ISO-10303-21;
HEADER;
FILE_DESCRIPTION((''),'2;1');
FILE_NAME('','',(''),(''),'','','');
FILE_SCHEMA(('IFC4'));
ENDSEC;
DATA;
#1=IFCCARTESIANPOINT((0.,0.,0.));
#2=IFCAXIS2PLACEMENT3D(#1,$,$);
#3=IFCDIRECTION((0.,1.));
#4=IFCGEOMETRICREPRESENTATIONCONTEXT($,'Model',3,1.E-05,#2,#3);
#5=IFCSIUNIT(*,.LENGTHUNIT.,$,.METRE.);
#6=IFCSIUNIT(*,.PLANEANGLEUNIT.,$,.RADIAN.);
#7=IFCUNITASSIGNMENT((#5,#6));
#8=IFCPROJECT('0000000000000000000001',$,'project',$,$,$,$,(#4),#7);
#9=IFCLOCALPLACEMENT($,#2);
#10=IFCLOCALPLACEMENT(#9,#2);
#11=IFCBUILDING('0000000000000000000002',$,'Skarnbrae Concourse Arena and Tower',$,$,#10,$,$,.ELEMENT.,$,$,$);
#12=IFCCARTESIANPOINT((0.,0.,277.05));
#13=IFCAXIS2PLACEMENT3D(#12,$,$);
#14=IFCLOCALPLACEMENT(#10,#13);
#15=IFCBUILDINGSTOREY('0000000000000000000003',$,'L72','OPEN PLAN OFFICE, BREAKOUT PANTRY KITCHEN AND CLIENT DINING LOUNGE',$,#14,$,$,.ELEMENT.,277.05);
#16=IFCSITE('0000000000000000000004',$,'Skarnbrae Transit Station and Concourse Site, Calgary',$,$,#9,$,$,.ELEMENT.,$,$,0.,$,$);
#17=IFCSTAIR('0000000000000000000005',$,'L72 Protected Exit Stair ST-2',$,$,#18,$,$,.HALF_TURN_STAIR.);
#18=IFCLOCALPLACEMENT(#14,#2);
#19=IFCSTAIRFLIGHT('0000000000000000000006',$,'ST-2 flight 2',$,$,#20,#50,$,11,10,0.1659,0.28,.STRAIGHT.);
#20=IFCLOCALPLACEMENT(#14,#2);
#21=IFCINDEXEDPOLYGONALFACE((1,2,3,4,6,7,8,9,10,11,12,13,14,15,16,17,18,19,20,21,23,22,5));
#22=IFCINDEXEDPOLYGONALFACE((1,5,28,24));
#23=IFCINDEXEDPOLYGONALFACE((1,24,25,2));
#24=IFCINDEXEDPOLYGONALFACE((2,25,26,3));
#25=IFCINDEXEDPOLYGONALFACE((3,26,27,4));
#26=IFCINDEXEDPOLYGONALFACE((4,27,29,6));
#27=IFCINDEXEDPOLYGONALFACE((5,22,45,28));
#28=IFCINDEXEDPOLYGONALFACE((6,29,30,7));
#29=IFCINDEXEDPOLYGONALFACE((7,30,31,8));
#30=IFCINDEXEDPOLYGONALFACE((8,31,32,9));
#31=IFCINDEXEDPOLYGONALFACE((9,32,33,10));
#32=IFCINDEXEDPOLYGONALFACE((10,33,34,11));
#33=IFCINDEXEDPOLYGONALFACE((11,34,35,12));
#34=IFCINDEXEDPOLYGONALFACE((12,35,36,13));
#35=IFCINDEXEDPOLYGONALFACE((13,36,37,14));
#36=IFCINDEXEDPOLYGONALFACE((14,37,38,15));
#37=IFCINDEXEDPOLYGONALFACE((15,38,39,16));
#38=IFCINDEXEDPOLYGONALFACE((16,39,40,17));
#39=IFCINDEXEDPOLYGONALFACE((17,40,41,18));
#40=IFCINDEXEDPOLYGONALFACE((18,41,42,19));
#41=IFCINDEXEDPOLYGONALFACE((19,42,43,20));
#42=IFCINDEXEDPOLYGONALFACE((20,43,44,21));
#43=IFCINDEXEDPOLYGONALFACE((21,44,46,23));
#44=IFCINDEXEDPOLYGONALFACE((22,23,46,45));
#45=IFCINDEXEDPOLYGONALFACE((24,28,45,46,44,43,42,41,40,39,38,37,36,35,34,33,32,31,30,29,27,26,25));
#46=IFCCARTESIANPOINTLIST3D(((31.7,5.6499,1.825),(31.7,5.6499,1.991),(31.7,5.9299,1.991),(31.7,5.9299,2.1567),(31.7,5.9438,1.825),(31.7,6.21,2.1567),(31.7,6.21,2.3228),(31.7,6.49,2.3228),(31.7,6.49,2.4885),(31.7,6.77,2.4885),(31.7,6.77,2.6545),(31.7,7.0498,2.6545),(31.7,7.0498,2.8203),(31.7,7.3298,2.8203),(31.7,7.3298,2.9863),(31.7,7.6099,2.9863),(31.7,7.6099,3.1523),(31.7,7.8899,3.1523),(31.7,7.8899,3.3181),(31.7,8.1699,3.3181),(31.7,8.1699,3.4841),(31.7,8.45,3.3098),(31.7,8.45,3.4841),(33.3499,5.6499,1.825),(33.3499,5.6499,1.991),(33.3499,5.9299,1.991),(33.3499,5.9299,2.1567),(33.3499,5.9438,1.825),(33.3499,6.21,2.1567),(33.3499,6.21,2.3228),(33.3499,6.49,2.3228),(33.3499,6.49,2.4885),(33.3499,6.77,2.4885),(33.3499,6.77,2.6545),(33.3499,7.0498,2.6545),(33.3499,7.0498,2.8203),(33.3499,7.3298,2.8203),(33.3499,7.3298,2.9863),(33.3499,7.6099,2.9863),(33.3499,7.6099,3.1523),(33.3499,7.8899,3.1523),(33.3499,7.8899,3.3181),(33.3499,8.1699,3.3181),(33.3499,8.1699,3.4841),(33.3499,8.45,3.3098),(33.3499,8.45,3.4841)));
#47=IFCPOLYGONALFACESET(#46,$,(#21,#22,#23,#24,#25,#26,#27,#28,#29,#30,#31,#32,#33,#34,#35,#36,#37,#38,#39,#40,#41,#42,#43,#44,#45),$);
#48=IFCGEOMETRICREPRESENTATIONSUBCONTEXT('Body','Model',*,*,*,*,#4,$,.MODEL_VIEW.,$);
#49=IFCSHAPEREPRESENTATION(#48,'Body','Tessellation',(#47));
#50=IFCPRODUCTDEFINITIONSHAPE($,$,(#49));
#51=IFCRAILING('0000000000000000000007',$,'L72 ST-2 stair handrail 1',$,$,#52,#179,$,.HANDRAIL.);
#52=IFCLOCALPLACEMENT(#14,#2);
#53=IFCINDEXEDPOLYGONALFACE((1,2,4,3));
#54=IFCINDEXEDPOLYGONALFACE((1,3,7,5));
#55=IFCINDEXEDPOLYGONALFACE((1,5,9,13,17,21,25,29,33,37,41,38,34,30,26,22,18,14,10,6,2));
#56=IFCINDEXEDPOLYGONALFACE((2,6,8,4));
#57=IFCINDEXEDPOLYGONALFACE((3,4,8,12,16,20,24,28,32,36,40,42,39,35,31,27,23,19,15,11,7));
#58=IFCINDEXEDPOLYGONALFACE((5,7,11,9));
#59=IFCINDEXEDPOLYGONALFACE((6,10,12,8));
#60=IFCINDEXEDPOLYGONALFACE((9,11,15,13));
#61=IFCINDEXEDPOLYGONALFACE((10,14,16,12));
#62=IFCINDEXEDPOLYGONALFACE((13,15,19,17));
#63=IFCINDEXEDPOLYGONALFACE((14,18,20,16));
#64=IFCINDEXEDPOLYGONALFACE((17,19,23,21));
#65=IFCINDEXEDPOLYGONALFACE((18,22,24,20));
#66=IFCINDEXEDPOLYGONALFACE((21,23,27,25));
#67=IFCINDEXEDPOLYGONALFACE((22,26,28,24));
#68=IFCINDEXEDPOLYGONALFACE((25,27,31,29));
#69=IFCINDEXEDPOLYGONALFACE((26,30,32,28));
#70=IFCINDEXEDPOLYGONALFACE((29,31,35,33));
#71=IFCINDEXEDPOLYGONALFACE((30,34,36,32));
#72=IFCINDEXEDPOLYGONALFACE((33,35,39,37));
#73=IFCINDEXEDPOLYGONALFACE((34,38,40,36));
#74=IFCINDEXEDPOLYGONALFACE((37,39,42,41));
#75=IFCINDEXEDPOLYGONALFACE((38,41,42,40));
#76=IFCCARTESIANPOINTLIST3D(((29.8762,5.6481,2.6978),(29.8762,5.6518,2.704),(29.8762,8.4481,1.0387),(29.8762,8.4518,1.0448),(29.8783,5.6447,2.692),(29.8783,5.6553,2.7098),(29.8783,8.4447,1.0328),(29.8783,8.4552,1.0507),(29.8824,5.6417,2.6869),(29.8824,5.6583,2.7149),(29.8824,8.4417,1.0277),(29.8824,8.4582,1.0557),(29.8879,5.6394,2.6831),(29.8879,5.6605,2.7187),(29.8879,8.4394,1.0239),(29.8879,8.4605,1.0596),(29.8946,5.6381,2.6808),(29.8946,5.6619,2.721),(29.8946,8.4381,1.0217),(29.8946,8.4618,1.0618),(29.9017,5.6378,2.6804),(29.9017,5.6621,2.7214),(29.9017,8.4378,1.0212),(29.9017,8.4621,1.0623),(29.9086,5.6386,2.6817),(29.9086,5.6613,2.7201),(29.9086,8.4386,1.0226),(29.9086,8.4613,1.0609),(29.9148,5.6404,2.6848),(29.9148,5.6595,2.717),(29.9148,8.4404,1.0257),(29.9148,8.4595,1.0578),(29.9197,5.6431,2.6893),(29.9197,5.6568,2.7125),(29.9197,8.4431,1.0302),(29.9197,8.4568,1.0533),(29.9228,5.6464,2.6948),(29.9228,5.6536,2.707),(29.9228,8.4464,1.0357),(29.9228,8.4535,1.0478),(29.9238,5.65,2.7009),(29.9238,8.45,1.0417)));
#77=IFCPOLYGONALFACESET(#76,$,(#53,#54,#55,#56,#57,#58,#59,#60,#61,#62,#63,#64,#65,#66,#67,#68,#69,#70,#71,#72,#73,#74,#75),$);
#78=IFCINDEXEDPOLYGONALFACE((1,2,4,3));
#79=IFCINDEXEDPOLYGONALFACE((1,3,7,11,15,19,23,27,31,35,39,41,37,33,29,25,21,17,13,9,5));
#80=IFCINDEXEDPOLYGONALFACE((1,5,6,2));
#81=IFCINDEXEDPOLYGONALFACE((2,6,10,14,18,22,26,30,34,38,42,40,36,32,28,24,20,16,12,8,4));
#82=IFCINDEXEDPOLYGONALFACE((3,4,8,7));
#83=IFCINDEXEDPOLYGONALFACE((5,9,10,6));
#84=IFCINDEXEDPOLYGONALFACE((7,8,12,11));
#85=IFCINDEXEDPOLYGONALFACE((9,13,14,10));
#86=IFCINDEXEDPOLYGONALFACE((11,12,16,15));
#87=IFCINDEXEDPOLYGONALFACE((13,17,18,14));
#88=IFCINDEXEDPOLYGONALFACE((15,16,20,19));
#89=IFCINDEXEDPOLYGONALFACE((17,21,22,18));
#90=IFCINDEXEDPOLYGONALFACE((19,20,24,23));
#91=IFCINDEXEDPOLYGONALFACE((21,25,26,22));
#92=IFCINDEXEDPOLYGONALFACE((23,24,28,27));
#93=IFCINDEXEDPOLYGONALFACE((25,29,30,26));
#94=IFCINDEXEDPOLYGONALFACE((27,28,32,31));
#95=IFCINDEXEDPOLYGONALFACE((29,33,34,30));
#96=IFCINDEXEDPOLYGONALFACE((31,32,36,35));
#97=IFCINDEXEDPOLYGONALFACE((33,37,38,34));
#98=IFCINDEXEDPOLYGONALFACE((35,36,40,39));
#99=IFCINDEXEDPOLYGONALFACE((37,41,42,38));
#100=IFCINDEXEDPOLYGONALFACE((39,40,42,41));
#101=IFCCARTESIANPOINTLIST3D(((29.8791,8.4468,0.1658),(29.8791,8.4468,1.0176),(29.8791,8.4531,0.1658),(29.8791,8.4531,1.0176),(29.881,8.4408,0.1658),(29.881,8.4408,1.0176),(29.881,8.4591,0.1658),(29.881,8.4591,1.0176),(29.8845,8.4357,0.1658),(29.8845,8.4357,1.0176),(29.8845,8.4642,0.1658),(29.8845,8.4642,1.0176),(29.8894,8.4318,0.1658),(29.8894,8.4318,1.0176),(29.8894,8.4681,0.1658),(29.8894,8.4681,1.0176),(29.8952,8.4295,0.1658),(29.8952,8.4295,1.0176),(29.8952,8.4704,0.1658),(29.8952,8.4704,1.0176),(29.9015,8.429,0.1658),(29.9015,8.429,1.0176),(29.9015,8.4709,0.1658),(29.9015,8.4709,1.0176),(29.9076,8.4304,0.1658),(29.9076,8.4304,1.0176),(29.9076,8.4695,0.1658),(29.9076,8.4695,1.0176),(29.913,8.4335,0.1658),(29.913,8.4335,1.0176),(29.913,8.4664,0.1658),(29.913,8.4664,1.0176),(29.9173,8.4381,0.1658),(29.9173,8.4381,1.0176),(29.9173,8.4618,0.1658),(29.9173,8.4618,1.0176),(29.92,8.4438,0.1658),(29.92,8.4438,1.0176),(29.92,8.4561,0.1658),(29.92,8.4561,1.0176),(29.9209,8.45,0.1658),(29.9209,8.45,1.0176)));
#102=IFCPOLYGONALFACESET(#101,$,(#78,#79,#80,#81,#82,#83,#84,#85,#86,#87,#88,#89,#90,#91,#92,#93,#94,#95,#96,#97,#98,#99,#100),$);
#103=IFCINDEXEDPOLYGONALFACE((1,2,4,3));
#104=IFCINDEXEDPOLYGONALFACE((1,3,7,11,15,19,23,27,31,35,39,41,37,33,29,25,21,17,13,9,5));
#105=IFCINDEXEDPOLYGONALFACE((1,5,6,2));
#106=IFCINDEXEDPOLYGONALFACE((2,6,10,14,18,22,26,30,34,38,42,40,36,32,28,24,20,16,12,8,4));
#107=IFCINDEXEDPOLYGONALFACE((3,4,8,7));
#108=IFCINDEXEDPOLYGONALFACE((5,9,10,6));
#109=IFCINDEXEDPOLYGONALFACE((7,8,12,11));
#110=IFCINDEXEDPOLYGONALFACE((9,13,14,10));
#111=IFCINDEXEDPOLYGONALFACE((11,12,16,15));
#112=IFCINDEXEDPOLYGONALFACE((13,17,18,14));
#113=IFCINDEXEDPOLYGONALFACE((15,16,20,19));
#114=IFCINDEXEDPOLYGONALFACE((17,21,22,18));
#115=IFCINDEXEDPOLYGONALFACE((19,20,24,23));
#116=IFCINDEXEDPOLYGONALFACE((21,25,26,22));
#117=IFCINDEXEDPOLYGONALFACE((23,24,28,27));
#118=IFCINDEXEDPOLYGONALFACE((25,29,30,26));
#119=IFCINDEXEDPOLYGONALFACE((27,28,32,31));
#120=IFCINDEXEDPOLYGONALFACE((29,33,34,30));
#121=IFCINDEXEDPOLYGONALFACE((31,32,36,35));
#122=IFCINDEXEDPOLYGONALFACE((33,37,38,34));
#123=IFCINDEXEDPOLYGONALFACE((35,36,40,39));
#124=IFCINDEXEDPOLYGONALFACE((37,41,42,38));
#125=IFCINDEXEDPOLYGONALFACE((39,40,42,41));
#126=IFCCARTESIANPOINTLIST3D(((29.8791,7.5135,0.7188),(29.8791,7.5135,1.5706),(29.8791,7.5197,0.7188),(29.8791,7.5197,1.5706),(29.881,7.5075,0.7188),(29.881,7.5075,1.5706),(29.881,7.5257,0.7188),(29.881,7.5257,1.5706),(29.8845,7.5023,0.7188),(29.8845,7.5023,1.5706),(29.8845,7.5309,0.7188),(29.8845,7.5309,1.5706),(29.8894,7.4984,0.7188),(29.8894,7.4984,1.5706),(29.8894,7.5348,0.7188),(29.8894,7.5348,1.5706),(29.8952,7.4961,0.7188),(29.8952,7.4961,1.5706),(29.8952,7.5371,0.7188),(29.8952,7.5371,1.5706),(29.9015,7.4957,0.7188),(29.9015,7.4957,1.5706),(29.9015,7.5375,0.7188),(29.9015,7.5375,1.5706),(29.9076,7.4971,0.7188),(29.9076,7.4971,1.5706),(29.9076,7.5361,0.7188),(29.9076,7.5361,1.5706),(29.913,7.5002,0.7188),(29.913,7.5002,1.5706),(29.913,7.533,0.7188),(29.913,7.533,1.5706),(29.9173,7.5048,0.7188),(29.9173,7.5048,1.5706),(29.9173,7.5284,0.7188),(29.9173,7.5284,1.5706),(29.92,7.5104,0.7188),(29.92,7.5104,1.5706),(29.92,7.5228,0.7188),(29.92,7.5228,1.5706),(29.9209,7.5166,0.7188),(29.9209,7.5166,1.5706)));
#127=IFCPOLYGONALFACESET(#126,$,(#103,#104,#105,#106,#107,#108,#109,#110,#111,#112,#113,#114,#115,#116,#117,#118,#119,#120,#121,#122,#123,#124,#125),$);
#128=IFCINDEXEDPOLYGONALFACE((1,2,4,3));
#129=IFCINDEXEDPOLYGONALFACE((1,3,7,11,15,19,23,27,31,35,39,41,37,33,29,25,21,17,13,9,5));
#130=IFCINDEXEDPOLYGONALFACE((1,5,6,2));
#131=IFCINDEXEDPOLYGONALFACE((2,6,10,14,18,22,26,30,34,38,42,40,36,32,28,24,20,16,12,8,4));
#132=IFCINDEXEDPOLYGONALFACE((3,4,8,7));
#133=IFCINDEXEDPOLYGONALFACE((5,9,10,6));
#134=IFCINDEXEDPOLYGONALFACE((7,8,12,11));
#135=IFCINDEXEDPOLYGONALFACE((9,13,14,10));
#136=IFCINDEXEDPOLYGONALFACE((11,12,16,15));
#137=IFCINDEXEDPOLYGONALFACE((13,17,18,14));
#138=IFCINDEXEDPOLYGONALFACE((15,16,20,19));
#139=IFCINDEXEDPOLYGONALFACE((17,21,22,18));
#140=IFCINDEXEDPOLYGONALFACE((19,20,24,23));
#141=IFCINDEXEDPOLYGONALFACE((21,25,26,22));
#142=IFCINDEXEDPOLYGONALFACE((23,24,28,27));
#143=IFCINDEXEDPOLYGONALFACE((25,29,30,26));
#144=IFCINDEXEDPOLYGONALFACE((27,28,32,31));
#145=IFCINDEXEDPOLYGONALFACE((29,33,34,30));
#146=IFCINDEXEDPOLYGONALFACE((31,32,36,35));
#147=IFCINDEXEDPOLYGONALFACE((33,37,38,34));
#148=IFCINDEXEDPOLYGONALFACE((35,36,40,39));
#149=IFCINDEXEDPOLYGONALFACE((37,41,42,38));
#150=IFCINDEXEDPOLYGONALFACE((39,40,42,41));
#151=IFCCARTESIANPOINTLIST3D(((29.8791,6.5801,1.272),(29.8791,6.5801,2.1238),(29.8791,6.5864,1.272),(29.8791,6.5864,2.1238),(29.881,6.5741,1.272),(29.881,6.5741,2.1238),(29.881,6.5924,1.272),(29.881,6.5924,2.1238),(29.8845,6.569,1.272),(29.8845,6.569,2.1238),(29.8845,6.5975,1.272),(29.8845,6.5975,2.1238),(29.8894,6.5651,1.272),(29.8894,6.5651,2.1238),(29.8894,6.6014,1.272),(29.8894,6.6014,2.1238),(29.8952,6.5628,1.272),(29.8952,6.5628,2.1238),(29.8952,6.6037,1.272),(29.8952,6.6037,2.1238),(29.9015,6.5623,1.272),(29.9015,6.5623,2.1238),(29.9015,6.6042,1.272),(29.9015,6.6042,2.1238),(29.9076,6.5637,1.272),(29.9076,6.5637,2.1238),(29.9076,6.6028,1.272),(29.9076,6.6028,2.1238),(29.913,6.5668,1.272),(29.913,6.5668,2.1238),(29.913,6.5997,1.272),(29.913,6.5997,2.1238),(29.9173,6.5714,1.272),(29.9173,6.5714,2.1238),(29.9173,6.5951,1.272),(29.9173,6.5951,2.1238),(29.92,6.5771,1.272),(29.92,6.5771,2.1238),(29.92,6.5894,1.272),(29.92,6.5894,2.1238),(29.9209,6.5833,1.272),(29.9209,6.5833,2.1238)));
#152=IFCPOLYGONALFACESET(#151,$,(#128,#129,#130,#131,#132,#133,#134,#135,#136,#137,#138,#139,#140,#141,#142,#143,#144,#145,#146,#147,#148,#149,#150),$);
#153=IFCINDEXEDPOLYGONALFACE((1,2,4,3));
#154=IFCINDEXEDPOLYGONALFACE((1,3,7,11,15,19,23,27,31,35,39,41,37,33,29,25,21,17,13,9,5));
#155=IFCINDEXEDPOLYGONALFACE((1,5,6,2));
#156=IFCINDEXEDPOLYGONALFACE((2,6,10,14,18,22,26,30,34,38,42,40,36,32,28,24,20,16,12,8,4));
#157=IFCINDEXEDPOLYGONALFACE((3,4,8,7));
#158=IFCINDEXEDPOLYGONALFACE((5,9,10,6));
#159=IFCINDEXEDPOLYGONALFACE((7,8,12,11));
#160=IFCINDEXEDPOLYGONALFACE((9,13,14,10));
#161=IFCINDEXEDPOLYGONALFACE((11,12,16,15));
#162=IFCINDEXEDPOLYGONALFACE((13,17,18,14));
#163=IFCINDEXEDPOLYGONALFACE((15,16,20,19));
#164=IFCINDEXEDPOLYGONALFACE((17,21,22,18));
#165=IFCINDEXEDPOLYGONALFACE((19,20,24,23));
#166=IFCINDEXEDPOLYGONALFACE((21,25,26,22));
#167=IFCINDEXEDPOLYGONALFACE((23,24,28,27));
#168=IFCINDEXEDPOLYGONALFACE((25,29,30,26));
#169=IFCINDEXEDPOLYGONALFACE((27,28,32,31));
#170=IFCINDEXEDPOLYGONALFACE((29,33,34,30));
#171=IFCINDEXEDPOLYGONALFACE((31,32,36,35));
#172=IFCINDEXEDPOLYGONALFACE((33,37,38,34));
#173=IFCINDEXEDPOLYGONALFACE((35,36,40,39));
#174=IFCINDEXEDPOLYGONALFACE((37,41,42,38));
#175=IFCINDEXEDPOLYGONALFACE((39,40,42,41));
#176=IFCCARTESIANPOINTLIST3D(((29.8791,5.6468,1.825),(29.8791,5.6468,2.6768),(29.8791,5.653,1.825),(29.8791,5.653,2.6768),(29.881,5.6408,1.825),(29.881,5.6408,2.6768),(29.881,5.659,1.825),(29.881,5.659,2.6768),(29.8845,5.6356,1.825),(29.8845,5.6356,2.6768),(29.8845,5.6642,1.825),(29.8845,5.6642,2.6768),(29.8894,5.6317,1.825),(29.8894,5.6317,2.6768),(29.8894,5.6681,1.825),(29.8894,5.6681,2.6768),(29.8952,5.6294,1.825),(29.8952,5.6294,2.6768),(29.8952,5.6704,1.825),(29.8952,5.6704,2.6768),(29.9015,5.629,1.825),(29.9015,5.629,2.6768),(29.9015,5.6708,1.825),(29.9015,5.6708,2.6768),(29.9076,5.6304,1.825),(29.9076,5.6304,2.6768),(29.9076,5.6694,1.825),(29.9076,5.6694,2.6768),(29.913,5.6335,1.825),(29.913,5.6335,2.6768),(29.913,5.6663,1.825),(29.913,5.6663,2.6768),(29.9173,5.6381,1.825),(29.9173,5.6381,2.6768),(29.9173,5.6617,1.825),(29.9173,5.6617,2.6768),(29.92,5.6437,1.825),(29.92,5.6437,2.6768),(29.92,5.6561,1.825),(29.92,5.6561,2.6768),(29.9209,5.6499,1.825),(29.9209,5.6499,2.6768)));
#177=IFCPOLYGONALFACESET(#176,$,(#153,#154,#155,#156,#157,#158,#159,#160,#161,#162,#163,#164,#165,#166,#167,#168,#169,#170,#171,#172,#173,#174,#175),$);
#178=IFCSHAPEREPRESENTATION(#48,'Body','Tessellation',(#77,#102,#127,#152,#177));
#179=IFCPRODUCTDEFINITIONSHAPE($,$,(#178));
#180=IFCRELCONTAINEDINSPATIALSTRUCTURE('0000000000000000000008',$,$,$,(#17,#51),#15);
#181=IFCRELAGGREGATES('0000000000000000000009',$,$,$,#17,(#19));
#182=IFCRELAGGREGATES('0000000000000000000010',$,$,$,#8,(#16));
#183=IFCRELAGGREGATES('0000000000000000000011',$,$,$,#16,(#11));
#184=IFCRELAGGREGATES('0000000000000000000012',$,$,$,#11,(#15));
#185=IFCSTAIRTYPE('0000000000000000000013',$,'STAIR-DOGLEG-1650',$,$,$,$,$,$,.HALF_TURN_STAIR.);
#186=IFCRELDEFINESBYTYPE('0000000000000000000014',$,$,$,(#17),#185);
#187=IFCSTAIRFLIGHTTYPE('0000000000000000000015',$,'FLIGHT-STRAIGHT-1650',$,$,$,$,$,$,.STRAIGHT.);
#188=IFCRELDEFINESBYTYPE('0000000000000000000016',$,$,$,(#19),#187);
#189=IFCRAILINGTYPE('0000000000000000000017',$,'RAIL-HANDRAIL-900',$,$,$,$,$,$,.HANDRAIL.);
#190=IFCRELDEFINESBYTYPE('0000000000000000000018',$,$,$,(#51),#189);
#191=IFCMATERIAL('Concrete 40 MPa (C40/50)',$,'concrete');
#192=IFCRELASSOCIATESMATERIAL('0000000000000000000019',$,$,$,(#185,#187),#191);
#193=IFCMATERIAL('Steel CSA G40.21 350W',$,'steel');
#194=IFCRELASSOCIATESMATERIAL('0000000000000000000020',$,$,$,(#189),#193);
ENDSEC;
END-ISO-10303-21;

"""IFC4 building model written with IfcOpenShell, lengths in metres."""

from ifc_helpers import new_model, si_unit, direction, frame, origin, origin_2d, place, context, subcontext, project, spatial, polyline, circle, outline, extrude, source, transform, mapped, material, type_object, element, aggregate, save


model = new_model("IFC4")

# Units and contexts
model_context = context("Model", 3, precision=1e-05, world=origin(), true_north=direction((0.0, 1.0)))
body_context = subcontext(model_context, "Body", "Model", "MODEL_VIEW")
ifc_project = project(units=[si_unit("LENGTHUNIT", "METRE"), si_unit("PLANEANGLEUNIT", "RADIAN")], contexts=[model_context])

# Site, building, storey
site_placement = place(None, origin())
site = spatial("IfcSite", under=ifc_project, at=site_placement, Name="Skarnbrae Transit Station and Concourse Site, Calgary", CompositionType="ELEMENT", RefElevation=0.0)
building_placement = place(site_placement, origin())
building = spatial("IfcBuilding", under=site, at=building_placement, Name="Skarnbrae Concourse Arena and Tower", CompositionType="ELEMENT")
storey_placement = place(building_placement, frame((0.0, 0.0, 277.05)))
storey = spatial("IfcBuildingStorey", under=building, at=storey_placement, Name="L72", Description="OPEN PLAN OFFICE, BREAKOUT PANTRY KITCHEN AND CLIENT DINING LOUNGE", CompositionType="ELEMENT", Elevation=277.05)

# Shared definitions
ifc_material_1 = material(Name="Steel CSA G40.21 350W", Category="steel")

# Stair, stair flight
ifc_material_2 = material(Name="Concrete 40 MPa (C40/50)", Category="concrete")
stair_type = type_object("IfcStairType", Name="STAIR-DOGLEG-1650", PredefinedType="HALF_TURN_STAIR", material=ifc_material_2)
stair_placement = place(storey_placement, origin())
stair = element("IfcStair", 1, at=stair_placement, inside=storey, type_object=stair_type, Name="L72 Protected Exit Stair ST-2", PredefinedType="HALF_TURN_STAIR")
stair_flight_type = type_object("IfcStairFlightType", Name="FLIGHT-STRAIGHT-1650", PredefinedType="STRAIGHT", material=ifc_material_2)
shared_shape_1 = source(origin(), body_context, "Body", "SweptSolid", [
    extrude(outline(polyline([(0.0, 0.0), (0.0, 0.166), (0.28, 0.166), (0.28, 0.3318), (0.5601, 0.3318), (0.5601, 0.4978), (0.8401, 0.4978), (0.8401, 0.6636), (1.1201, 0.6636), (1.1201, 0.8296), (1.3999, 0.8296), (1.3999, 0.9954), (1.6799, 0.9954), (1.6799, 1.1614), (1.96, 1.1614), (1.96, 1.3274), (2.24, 1.3274), (2.24, 1.4932), (2.52, 1.4932), (2.52, 1.6592), (2.8, 1.6592), (2.8, 1.825), (2.8, 1.4849), (0.2939, 0.0), (0.0, 0.0)])), frame((0.0, 0.825, 0.0), z_axis=(0.0, -1.0, 0.0), x_axis=(1.0, 0.0, 0.0)), (0.0, 0.0, 1.0), 1.6499),
])
stair_flight_1_placement = place(storey_placement, frame((32.5249, 5.6499, 1.825), z_axis=(0.0, 0.0, 1.0), x_axis=(0.0, 1.0, 0.0)))
stair_flight_1 = element("IfcStairFlight", 2, at=stair_flight_1_placement, type_object=stair_flight_type, Name="ST-2 flight 2", NumberOfRisers=11, NumberOfTreads=10, PredefinedType="STRAIGHT", RiserHeight=0.1659, TreadLength=0.28, context=body_context, shape_type="MappedRepresentation", body=[
    mapped(shared_shape_1, transform((0.0, 0.0, 0.0))),
])
aggregate(stair, [stair_flight_1])

# Railing
railing_type_1 = type_object("IfcRailingType", Name="RAIL-HANDRAIL-900", PredefinedType="HANDRAIL", material=ifc_material_1)
railing_1_placement = place(storey_placement, frame((29.8999, 8.45, 0.1658)))
element("IfcRailing", 3, at=railing_1_placement, inside=storey, type_object=railing_type_1, Name="L72 ST-2 stair handrail 1", PredefinedType="HANDRAIL", context=body_context, shape_type="SweptSolid", body=[
    extrude(circle(Radius=0.0239, at=origin_2d()), frame((0.0, 0.0, 0.876), z_axis=(0.0, -0.860306, 0.509778), x_axis=(1.0, 0.0, 0.0)), (0.0, 0.0, 1.0), 3.2546),
    extrude(circle(Radius=0.021, at=origin_2d()), origin(), (0.0, 0.0, 1.0), 0.8518),
    extrude(circle(Radius=0.021, at=origin_2d()), frame((0.0, -0.9333, 0.553)), (0.0, 0.0, 1.0), 0.8518),
    extrude(circle(Radius=0.021, at=origin_2d()), frame((0.0, -1.8667, 1.1062)), (0.0, 0.0, 1.0), 0.8518),
    extrude(circle(Radius=0.021, at=origin_2d()), frame((0.0, -2.8, 1.6592)), (0.0, 0.0, 1.0), 0.8518),
])

save(model, "model.ifc")
